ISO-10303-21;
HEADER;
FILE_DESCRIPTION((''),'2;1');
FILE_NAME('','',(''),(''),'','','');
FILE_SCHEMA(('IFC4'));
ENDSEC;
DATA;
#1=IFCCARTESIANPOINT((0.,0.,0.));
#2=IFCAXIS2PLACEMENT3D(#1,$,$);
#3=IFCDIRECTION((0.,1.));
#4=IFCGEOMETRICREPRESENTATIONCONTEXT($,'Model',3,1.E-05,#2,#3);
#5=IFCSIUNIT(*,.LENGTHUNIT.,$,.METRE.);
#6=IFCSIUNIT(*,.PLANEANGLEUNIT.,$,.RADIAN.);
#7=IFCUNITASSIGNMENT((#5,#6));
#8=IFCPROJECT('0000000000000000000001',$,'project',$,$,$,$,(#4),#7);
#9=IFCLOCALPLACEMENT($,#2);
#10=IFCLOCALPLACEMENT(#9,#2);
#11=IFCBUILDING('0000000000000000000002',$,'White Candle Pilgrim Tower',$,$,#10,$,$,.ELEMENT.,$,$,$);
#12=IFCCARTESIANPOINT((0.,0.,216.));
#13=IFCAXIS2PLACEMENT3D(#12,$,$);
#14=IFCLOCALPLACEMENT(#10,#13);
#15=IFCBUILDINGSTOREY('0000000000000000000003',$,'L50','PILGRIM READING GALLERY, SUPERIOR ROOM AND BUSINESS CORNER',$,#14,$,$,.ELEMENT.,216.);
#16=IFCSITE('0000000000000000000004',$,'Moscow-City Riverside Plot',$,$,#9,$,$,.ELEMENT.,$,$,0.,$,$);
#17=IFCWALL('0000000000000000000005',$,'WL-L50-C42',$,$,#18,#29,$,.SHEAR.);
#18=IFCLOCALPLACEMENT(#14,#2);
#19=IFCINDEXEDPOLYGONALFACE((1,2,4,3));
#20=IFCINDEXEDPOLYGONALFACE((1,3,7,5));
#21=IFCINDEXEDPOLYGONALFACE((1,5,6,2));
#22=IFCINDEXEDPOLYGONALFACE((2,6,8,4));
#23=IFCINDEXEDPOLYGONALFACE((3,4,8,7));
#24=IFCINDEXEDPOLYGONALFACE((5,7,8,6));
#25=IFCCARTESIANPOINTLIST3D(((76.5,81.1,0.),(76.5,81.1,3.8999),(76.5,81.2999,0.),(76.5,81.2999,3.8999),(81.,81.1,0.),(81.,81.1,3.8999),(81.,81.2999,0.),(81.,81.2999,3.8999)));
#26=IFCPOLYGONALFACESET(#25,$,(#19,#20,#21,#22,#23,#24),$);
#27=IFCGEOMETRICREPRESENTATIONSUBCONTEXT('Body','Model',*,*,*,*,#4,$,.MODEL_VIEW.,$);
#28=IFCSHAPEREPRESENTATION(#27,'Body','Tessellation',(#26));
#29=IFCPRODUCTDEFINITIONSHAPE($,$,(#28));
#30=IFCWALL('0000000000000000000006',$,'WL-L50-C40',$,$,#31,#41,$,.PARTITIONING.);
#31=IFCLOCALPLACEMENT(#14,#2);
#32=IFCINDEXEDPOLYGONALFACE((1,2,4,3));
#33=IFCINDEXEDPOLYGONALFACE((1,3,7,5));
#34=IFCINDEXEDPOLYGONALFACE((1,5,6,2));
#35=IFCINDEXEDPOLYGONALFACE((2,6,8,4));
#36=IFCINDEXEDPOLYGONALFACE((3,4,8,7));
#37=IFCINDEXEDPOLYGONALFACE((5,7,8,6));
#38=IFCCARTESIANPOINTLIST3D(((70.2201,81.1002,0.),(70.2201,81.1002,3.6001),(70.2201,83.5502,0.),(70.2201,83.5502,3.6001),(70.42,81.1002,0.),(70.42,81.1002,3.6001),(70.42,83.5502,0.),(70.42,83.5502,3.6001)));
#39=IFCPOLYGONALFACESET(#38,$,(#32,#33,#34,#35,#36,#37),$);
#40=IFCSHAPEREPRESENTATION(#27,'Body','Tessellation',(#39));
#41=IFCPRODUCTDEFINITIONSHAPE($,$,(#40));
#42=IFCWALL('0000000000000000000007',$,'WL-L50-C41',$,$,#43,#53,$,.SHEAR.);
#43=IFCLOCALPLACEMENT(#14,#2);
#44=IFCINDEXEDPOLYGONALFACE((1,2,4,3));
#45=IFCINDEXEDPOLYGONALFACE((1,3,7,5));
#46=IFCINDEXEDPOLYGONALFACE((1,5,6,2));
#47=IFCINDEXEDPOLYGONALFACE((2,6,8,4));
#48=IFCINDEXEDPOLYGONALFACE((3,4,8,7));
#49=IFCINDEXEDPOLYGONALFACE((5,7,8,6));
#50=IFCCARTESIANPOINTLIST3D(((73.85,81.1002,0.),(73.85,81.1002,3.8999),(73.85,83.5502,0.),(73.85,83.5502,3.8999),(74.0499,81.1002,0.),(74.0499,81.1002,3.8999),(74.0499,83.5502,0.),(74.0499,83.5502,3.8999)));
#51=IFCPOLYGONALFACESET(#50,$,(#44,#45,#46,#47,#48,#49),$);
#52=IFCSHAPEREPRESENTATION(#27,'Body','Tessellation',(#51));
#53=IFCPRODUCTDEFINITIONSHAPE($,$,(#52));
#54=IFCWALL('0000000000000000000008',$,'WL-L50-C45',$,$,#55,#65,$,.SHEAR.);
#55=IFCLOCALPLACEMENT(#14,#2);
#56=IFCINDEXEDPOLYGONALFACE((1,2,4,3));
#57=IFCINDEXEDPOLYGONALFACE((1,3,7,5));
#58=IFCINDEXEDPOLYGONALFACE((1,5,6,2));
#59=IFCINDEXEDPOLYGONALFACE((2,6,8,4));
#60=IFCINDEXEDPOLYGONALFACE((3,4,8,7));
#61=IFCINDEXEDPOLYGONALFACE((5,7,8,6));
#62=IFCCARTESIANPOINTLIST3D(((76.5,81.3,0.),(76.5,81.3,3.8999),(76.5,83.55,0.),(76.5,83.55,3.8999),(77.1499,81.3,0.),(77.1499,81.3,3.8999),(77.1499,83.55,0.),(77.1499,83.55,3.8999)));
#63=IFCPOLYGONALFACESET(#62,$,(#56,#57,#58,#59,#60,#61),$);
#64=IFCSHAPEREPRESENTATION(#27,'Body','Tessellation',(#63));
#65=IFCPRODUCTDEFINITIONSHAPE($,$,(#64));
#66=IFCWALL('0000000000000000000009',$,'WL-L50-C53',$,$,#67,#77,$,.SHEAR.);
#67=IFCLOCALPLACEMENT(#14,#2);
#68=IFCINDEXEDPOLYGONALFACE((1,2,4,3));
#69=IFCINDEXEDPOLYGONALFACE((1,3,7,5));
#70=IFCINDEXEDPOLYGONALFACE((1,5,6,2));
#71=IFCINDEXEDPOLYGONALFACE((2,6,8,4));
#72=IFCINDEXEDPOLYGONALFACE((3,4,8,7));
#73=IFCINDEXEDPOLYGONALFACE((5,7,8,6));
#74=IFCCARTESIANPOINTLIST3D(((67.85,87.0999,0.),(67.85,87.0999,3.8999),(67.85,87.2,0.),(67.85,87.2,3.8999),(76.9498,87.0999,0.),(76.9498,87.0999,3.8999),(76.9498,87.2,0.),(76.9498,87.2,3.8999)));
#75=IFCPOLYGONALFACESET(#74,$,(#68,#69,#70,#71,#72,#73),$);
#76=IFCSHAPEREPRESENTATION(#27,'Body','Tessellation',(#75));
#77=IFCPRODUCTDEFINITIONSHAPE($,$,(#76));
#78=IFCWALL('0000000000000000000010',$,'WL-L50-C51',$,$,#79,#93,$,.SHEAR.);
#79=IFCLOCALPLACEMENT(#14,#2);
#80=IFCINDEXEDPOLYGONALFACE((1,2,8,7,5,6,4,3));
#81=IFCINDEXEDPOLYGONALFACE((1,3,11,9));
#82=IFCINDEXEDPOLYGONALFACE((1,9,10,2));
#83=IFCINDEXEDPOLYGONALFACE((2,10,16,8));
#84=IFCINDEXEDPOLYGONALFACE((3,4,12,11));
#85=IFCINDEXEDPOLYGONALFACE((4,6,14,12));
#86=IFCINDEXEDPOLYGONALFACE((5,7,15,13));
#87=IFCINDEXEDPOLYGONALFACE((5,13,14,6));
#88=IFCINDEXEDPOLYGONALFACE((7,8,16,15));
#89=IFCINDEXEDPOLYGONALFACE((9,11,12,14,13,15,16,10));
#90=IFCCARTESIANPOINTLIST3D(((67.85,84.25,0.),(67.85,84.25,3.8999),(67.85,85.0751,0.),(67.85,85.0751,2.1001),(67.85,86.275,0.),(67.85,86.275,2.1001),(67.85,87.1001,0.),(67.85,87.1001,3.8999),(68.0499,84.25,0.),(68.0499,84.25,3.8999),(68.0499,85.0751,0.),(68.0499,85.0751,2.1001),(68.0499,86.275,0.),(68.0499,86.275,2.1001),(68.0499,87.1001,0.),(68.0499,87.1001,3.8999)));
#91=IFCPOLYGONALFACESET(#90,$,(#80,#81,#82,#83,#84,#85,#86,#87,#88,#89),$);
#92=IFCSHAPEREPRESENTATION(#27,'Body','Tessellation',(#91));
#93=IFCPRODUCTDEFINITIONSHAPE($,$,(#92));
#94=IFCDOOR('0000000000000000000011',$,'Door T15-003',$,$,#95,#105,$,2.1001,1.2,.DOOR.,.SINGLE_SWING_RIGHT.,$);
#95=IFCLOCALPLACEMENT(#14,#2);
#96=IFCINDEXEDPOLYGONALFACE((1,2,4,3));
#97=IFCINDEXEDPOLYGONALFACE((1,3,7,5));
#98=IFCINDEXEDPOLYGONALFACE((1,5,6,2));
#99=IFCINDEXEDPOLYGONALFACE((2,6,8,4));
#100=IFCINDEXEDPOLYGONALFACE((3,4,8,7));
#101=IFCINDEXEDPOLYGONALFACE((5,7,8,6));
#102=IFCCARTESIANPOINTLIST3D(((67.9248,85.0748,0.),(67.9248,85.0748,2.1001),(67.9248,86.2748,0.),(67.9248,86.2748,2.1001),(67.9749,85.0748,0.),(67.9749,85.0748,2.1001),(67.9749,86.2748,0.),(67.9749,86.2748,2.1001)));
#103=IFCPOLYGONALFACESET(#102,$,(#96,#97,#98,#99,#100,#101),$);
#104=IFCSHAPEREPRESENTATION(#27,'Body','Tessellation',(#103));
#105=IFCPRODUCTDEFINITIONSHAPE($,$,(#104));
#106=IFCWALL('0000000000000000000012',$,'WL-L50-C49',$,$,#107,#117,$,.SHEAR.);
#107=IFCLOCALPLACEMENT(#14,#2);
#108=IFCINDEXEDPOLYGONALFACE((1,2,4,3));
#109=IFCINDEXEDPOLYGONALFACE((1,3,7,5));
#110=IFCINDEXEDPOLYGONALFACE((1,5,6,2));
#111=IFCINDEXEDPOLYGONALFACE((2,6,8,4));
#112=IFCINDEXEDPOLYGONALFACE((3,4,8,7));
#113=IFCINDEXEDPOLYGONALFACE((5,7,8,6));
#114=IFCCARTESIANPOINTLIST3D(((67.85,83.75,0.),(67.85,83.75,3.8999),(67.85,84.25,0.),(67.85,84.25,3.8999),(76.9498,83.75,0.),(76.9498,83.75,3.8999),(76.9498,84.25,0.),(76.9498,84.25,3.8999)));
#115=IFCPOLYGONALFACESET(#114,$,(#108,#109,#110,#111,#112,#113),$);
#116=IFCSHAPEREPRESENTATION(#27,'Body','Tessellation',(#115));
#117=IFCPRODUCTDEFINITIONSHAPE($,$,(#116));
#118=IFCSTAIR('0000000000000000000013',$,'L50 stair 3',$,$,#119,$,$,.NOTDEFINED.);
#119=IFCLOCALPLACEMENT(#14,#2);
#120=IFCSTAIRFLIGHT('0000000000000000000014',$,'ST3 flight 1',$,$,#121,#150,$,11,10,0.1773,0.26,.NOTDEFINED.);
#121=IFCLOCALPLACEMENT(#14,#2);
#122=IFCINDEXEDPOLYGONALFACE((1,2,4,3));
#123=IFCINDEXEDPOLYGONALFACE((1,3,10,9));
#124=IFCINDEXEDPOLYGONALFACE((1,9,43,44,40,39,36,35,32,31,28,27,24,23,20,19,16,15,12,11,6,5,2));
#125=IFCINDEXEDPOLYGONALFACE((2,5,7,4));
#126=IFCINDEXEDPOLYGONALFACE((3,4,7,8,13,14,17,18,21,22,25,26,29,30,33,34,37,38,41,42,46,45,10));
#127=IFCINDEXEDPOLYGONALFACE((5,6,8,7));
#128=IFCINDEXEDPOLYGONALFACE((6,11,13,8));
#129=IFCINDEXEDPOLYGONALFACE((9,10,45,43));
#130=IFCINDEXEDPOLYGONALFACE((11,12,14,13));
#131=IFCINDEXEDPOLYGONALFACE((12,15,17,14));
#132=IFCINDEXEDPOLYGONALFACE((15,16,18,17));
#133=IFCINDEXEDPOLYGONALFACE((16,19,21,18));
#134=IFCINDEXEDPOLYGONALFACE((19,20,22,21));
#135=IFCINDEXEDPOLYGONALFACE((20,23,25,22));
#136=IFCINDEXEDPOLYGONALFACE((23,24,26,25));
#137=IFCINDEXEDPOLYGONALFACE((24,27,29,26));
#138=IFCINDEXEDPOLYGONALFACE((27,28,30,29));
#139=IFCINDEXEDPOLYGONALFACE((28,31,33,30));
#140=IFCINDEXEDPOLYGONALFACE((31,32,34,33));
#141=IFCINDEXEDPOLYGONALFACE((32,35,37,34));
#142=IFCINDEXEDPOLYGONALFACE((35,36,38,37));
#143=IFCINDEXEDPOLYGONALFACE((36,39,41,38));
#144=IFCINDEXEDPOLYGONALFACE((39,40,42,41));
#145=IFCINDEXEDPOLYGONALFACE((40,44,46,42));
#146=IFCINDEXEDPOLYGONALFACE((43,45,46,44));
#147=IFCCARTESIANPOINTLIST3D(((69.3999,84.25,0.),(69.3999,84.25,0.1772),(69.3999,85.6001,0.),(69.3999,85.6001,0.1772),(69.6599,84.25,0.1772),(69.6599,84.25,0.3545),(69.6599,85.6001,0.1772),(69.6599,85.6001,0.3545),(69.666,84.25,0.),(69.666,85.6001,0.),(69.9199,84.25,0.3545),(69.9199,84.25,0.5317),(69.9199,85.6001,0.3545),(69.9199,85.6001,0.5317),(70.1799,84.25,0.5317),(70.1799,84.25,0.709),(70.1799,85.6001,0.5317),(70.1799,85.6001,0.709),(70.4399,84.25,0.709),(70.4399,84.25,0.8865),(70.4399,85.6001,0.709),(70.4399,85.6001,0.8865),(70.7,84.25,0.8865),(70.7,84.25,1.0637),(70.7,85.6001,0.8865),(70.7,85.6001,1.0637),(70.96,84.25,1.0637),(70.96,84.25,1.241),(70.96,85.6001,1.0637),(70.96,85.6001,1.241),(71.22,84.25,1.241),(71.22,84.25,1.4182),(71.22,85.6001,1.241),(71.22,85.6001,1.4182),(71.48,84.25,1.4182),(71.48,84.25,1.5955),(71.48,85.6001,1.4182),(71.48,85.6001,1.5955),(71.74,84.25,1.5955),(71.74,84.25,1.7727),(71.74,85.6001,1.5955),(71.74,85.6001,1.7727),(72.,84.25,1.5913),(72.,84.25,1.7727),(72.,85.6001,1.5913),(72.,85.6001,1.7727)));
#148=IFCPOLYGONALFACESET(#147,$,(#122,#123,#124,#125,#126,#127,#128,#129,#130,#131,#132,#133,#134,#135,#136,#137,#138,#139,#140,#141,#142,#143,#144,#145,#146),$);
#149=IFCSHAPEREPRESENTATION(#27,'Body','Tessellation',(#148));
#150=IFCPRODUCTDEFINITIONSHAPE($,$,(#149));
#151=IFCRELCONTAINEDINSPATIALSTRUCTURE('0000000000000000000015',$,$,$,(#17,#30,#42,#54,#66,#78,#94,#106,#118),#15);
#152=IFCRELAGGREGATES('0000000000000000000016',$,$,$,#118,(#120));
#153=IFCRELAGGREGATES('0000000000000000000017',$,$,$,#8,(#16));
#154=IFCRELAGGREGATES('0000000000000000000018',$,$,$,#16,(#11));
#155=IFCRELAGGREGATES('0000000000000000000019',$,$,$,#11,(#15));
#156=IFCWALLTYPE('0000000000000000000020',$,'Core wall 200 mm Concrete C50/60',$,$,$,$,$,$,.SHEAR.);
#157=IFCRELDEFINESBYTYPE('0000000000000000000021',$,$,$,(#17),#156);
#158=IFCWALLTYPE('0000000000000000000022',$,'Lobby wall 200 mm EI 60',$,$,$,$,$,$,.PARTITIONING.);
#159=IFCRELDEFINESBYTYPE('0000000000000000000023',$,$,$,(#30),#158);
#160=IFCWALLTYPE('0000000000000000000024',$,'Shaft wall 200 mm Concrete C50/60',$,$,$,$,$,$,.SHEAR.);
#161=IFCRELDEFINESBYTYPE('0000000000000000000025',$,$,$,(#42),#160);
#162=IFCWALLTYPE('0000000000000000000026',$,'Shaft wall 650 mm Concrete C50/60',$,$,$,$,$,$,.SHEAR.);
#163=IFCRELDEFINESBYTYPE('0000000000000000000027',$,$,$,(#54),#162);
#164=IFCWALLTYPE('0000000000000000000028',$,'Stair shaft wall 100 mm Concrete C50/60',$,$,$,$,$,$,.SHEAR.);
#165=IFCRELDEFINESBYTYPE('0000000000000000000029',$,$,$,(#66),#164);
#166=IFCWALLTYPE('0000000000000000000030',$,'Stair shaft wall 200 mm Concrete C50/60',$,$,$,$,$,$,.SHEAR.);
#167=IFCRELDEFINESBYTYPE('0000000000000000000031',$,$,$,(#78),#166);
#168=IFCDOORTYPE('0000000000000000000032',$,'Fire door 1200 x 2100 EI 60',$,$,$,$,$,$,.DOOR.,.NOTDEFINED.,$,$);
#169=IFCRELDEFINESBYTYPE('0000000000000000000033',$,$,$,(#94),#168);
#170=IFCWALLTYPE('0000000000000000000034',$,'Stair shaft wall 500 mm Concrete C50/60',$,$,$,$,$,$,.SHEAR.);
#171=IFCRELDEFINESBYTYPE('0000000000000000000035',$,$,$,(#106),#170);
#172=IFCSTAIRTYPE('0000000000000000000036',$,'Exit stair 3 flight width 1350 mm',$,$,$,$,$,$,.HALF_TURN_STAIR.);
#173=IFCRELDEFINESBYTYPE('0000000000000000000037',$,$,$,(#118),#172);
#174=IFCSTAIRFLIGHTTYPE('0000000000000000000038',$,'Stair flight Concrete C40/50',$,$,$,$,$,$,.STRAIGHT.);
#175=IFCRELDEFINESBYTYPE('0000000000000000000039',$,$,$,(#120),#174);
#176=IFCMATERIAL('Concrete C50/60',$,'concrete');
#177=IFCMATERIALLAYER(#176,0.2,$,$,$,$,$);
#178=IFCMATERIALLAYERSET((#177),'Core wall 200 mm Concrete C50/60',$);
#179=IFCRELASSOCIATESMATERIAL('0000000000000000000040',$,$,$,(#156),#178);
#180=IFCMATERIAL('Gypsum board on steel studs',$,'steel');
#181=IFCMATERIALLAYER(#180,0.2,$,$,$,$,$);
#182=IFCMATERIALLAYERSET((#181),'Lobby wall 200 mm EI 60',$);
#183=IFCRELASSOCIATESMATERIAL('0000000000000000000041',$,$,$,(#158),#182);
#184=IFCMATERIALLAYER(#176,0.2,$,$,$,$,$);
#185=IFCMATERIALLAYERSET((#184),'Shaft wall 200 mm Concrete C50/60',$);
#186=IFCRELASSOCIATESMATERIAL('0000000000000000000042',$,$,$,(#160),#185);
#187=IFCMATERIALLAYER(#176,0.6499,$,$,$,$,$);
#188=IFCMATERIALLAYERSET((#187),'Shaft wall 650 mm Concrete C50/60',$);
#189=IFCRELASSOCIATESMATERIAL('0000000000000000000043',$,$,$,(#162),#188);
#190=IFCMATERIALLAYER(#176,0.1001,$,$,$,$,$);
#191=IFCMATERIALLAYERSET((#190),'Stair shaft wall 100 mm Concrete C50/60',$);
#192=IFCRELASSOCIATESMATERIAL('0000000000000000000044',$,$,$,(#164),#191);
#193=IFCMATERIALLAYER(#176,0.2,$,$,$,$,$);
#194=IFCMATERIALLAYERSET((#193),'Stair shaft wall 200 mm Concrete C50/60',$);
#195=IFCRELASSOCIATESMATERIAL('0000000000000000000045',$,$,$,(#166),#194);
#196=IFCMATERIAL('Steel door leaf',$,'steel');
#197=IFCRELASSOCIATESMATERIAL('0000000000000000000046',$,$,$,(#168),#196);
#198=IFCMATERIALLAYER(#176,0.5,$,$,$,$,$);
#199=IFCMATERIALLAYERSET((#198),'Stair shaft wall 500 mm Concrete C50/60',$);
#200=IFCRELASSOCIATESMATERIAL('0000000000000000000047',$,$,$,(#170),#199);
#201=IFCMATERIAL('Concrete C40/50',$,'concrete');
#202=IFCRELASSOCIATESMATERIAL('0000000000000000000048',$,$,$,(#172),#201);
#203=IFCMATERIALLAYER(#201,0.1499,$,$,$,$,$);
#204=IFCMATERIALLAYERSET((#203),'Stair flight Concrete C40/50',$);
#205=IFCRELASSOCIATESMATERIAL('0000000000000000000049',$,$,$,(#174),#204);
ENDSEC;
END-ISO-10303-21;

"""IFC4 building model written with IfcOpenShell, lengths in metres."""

from ifc_helpers import new_model, si_unit, direction, frame, frame_2d, origin, place, context, subcontext, project, spatial, polyline, rectangle, outline, extrude, material, layer, layer_set, type_object, element, fill, aggregate, save


model = new_model("IFC4")

# Units and contexts
model_context = context("Model", 3, precision=1e-05, world=origin(), true_north=direction((0.0, 1.0)))
body_context = subcontext(model_context, "Body", "Model", "MODEL_VIEW")
ifc_project = project(units=[si_unit("LENGTHUNIT", "METRE"), si_unit("PLANEANGLEUNIT", "RADIAN")], contexts=[model_context])

# Site, building, storey
site_placement = place(None, origin())
site = spatial("IfcSite", under=ifc_project, at=site_placement, Name="Moscow-City Riverside Plot", CompositionType="ELEMENT", RefElevation=0.0)
building_placement = place(site_placement, origin())
building = spatial("IfcBuilding", under=site, at=building_placement, Name="White Candle Pilgrim Tower", CompositionType="ELEMENT")
storey_placement = place(building_placement, frame((0.0, 0.0, 216.0)))
storey = spatial("IfcBuildingStorey", under=building, at=storey_placement, Name="L50", Description="PILGRIM READING GALLERY, SUPERIOR ROOM AND BUSINESS CORNER", CompositionType="ELEMENT", Elevation=216.0)

# Walls
ifc_material_1 = material(Name="Concrete C50/60", Category="concrete")
ifc_layer_1 = layer(ifc_material_1, 0.2)
ifc_layer_set_1 = layer_set([ifc_layer_1], Name="Core wall 200 mm Concrete C50/60")
wall_type_1 = type_object("IfcWallType", Name="Core wall 200 mm Concrete C50/60", PredefinedType="SHEAR", material=ifc_layer_set_1)
wall_1_placement = place(storey_placement, frame((76.5, 81.2, 0.0), z_axis=(0.0, 0.0, 1.0), x_axis=(1.0, 0.0, 0.0)))
element("IfcWall", 1, at=wall_1_placement, inside=storey, type_object=wall_type_1, Name="WL-L50-C42", PredefinedType="SHEAR", context=body_context, shape_type="SweptSolid", body=[
    extrude(rectangle(XDim=4.5, YDim=0.2, at=frame_2d((2.25, 0.0))), origin(), (0.0, 0.0, 1.0), 3.8999),
])
ifc_material_2 = material(Name="Gypsum board on steel studs", Category="steel")
ifc_layer_2 = layer(ifc_material_2, 0.2)
ifc_layer_set_2 = layer_set([ifc_layer_2], Name="Lobby wall 200 mm EI 60")
wall_type_2 = type_object("IfcWallType", Name="Lobby wall 200 mm EI 60", PredefinedType="PARTITIONING", material=ifc_layer_set_2)
wall_2_placement = place(storey_placement, frame((70.3201, 81.1001, 0.0), z_axis=(0.0, 0.0, 1.0), x_axis=(0.0, 1.0, 0.0)))
element("IfcWall", 2, at=wall_2_placement, inside=storey, type_object=wall_type_2, Name="WL-L50-C40", PredefinedType="PARTITIONING", context=body_context, shape_type="SweptSolid", body=[
    extrude(rectangle(XDim=2.45, YDim=0.2, at=frame_2d((1.2251, 0.0))), origin(), (0.0, 0.0, 1.0), 3.6001),
])
ifc_layer_3 = layer(ifc_material_1, 0.2)
ifc_layer_set_3 = layer_set([ifc_layer_3], Name="Shaft wall 200 mm Concrete C50/60")
wall_type_3 = type_object("IfcWallType", Name="Shaft wall 200 mm Concrete C50/60", PredefinedType="SHEAR", material=ifc_layer_set_3)
wall_3_placement = place(storey_placement, frame((73.95, 81.1001, 0.0), z_axis=(0.0, 0.0, 1.0), x_axis=(0.0, 1.0, 0.0)))
element("IfcWall", 3, at=wall_3_placement, inside=storey, type_object=wall_type_3, Name="WL-L50-C41", PredefinedType="SHEAR", context=body_context, shape_type="SweptSolid", body=[
    extrude(rectangle(XDim=2.45, YDim=0.2, at=frame_2d((1.2251, 0.0))), origin(), (0.0, 0.0, 1.0), 3.8999),
])
ifc_layer_4 = layer(ifc_material_1, 0.6499)
ifc_layer_set_4 = layer_set([ifc_layer_4], Name="Shaft wall 650 mm Concrete C50/60")
wall_type_4 = type_object("IfcWallType", Name="Shaft wall 650 mm Concrete C50/60", PredefinedType="SHEAR", material=ifc_layer_set_4)
wall_4_placement = place(storey_placement, frame((76.825, 81.3, 0.0), z_axis=(0.0, 0.0, 1.0), x_axis=(0.0, 1.0, 0.0)))
element("IfcWall", 4, at=wall_4_placement, inside=storey, type_object=wall_type_4, Name="WL-L50-C45", PredefinedType="SHEAR", context=body_context, shape_type="SweptSolid", body=[
    extrude(rectangle(XDim=2.25, YDim=0.6499, at=frame_2d((1.125, 0.0))), origin(), (0.0, 0.0, 1.0), 3.8999),
])
ifc_layer_5 = layer(ifc_material_1, 0.1001)
ifc_layer_set_5 = layer_set([ifc_layer_5], Name="Stair shaft wall 100 mm Concrete C50/60")
wall_type_5 = type_object("IfcWallType", Name="Stair shaft wall 100 mm Concrete C50/60", PredefinedType="SHEAR", material=ifc_layer_set_5)
wall_5_placement = place(storey_placement, frame((67.8501, 87.1499, 0.0), z_axis=(0.0, 0.0, 1.0), x_axis=(1.0, 0.0, 0.0)))
element("IfcWall", 5, at=wall_5_placement, inside=storey, type_object=wall_type_5, Name="WL-L50-C53", PredefinedType="SHEAR", context=body_context, shape_type="SweptSolid", body=[
    extrude(rectangle(XDim=9.0999, YDim=0.1001, at=frame_2d((4.5498, 0.0))), origin(), (0.0, 0.0, 1.0), 3.8999),
])

# Wall, opening, door
ifc_layer_6 = layer(ifc_material_1, 0.2)
ifc_layer_set_6 = layer_set([ifc_layer_6], Name="Stair shaft wall 200 mm Concrete C50/60")
wall_type_6 = type_object("IfcWallType", Name="Stair shaft wall 200 mm Concrete C50/60", PredefinedType="SHEAR", material=ifc_layer_set_6)
wall_6_placement = place(storey_placement, frame((67.95, 84.25, 0.0), z_axis=(0.0, 0.0, 1.0), x_axis=(0.0, 1.0, 0.0)))
wall_6 = element("IfcWall", 6, at=wall_6_placement, inside=storey, type_object=wall_type_6, Name="WL-L50-C51", PredefinedType="SHEAR", context=body_context, shape_type="SweptSolid", body=[
    extrude(rectangle(XDim=2.8501, YDim=0.2, at=frame_2d((1.425, 0.0))), origin(), (0.0, 0.0, 1.0), 3.8999),
])
opening_placement = place(wall_6_placement, frame((0.825, 0.0, 0.0)))
opening = element("IfcOpeningElement", 7, at=opening_placement, cuts=wall_6, PredefinedType="OPENING", context=body_context, shape_type="SweptSolid", body=[
    extrude(rectangle(XDim=1.2, YDim=2.1001, at=frame_2d((0.6001, 1.05))), frame((0.0, 0.1099, 0.0), z_axis=(0.0, -1.0, 0.0), x_axis=(1.0, 0.0, 0.0)), (0.0, 0.0, 1.0), 0.22),
])
ifc_material_3 = material(Name="Steel door leaf", Category="steel")
door_type = type_object("IfcDoorType", Name="Fire door 1200 x 2100 EI 60", OperationType="NOTDEFINED", PredefinedType="DOOR", material=ifc_material_3)
door_placement = place(opening_placement, frame((1.2, 0.0, 0.0), z_axis=(0.0, 0.0, 1.0), x_axis=(-1.0, 0.0, 0.0)))
door = element("IfcDoor", 8, at=door_placement, inside=storey, type_object=door_type, Name="Door T15-003", OperationType="SINGLE_SWING_RIGHT", OverallHeight=2.1001, OverallWidth=1.2, PredefinedType="DOOR", context=body_context, shape_type="SweptSolid", body=[
    extrude(rectangle(XDim=1.2, YDim=2.1001, at=frame_2d((0.6001, 1.05))), frame((0.0, 0.0249, 0.0), z_axis=(0.0, -1.0, 0.0), x_axis=(1.0, 0.0, 0.0)), (0.0, 0.0, 1.0), 0.05),
])
fill(opening, door)

# Wall
ifc_layer_7 = layer(ifc_material_1, 0.5)
ifc_layer_set_7 = layer_set([ifc_layer_7], Name="Stair shaft wall 500 mm Concrete C50/60")
wall_type_7 = type_object("IfcWallType", Name="Stair shaft wall 500 mm Concrete C50/60", PredefinedType="SHEAR", material=ifc_layer_set_7)
wall_7_placement = place(storey_placement, frame((67.8501, 84.0, 0.0), z_axis=(0.0, 0.0, 1.0), x_axis=(1.0, 0.0, 0.0)))
element("IfcWall", 9, at=wall_7_placement, inside=storey, type_object=wall_type_7, Name="WL-L50-C49", PredefinedType="SHEAR", context=body_context, shape_type="SweptSolid", body=[
    extrude(rectangle(XDim=9.0999, YDim=0.5, at=frame_2d((4.5498, 0.0))), origin(), (0.0, 0.0, 1.0), 3.8999),
])

# Stair, stair flight
ifc_material_4 = material(Name="Concrete C40/50", Category="concrete")
stair_type = type_object("IfcStairType", Name="Exit stair 3 flight width 1350 mm", PredefinedType="HALF_TURN_STAIR", material=ifc_material_4)
stair_placement = place(storey_placement, origin())
stair = element("IfcStair", 10, at=stair_placement, inside=storey, type_object=stair_type, Name="L50 stair 3", PredefinedType="NOTDEFINED")
ifc_layer_8 = layer(ifc_material_4, 0.1499)
ifc_layer_set_8 = layer_set([ifc_layer_8], Name="Stair flight Concrete C40/50")
stair_flight_type = type_object("IfcStairFlightType", Name="Stair flight Concrete C40/50", PredefinedType="STRAIGHT", material=ifc_layer_set_8)
stair_flight_1_placement = place(storey_placement, frame((69.3999, 84.925, 0.0), z_axis=(0.0, 0.0, 1.0), x_axis=(1.0, 0.0, 0.0)))
stair_flight_1 = element("IfcStairFlight", 11, at=stair_flight_1_placement, type_object=stair_flight_type, Name="ST3 flight 1", NumberOfRisers=11, NumberOfTreads=10, PredefinedType="NOTDEFINED", RiserHeight=0.1773, TreadLength=0.26, context=body_context, shape_type="SweptSolid", body=[
    extrude(outline(polyline([(0.0, 0.0), (0.0, 0.1772), (0.26, 0.1772), (0.26, 0.3545), (0.52, 0.3545), (0.52, 0.5317), (0.78, 0.5317), (0.78, 0.709), (1.04, 0.709), (1.04, 0.8865), (1.3, 0.8865), (1.3, 1.0637), (1.5601, 1.0637), (1.5601, 1.241), (1.8201, 1.241), (1.8201, 1.4182), (2.0801, 1.4182), (2.0801, 1.5955), (2.3401, 1.5955), (2.3401, 1.7727), (2.6001, 1.7727), (2.6001, 1.95), (2.6001, 1.5913), (0.2661, 0.0), (0.0, 0.0)])), frame((0.0, 0.675, 0.0), z_axis=(0.0, -1.0, 0.0), x_axis=(1.0, 0.0, 0.0)), (0.0, 0.0, 1.0), 1.3501),
])
aggregate(stair, [stair_flight_1])

save(model, "model.ifc")
